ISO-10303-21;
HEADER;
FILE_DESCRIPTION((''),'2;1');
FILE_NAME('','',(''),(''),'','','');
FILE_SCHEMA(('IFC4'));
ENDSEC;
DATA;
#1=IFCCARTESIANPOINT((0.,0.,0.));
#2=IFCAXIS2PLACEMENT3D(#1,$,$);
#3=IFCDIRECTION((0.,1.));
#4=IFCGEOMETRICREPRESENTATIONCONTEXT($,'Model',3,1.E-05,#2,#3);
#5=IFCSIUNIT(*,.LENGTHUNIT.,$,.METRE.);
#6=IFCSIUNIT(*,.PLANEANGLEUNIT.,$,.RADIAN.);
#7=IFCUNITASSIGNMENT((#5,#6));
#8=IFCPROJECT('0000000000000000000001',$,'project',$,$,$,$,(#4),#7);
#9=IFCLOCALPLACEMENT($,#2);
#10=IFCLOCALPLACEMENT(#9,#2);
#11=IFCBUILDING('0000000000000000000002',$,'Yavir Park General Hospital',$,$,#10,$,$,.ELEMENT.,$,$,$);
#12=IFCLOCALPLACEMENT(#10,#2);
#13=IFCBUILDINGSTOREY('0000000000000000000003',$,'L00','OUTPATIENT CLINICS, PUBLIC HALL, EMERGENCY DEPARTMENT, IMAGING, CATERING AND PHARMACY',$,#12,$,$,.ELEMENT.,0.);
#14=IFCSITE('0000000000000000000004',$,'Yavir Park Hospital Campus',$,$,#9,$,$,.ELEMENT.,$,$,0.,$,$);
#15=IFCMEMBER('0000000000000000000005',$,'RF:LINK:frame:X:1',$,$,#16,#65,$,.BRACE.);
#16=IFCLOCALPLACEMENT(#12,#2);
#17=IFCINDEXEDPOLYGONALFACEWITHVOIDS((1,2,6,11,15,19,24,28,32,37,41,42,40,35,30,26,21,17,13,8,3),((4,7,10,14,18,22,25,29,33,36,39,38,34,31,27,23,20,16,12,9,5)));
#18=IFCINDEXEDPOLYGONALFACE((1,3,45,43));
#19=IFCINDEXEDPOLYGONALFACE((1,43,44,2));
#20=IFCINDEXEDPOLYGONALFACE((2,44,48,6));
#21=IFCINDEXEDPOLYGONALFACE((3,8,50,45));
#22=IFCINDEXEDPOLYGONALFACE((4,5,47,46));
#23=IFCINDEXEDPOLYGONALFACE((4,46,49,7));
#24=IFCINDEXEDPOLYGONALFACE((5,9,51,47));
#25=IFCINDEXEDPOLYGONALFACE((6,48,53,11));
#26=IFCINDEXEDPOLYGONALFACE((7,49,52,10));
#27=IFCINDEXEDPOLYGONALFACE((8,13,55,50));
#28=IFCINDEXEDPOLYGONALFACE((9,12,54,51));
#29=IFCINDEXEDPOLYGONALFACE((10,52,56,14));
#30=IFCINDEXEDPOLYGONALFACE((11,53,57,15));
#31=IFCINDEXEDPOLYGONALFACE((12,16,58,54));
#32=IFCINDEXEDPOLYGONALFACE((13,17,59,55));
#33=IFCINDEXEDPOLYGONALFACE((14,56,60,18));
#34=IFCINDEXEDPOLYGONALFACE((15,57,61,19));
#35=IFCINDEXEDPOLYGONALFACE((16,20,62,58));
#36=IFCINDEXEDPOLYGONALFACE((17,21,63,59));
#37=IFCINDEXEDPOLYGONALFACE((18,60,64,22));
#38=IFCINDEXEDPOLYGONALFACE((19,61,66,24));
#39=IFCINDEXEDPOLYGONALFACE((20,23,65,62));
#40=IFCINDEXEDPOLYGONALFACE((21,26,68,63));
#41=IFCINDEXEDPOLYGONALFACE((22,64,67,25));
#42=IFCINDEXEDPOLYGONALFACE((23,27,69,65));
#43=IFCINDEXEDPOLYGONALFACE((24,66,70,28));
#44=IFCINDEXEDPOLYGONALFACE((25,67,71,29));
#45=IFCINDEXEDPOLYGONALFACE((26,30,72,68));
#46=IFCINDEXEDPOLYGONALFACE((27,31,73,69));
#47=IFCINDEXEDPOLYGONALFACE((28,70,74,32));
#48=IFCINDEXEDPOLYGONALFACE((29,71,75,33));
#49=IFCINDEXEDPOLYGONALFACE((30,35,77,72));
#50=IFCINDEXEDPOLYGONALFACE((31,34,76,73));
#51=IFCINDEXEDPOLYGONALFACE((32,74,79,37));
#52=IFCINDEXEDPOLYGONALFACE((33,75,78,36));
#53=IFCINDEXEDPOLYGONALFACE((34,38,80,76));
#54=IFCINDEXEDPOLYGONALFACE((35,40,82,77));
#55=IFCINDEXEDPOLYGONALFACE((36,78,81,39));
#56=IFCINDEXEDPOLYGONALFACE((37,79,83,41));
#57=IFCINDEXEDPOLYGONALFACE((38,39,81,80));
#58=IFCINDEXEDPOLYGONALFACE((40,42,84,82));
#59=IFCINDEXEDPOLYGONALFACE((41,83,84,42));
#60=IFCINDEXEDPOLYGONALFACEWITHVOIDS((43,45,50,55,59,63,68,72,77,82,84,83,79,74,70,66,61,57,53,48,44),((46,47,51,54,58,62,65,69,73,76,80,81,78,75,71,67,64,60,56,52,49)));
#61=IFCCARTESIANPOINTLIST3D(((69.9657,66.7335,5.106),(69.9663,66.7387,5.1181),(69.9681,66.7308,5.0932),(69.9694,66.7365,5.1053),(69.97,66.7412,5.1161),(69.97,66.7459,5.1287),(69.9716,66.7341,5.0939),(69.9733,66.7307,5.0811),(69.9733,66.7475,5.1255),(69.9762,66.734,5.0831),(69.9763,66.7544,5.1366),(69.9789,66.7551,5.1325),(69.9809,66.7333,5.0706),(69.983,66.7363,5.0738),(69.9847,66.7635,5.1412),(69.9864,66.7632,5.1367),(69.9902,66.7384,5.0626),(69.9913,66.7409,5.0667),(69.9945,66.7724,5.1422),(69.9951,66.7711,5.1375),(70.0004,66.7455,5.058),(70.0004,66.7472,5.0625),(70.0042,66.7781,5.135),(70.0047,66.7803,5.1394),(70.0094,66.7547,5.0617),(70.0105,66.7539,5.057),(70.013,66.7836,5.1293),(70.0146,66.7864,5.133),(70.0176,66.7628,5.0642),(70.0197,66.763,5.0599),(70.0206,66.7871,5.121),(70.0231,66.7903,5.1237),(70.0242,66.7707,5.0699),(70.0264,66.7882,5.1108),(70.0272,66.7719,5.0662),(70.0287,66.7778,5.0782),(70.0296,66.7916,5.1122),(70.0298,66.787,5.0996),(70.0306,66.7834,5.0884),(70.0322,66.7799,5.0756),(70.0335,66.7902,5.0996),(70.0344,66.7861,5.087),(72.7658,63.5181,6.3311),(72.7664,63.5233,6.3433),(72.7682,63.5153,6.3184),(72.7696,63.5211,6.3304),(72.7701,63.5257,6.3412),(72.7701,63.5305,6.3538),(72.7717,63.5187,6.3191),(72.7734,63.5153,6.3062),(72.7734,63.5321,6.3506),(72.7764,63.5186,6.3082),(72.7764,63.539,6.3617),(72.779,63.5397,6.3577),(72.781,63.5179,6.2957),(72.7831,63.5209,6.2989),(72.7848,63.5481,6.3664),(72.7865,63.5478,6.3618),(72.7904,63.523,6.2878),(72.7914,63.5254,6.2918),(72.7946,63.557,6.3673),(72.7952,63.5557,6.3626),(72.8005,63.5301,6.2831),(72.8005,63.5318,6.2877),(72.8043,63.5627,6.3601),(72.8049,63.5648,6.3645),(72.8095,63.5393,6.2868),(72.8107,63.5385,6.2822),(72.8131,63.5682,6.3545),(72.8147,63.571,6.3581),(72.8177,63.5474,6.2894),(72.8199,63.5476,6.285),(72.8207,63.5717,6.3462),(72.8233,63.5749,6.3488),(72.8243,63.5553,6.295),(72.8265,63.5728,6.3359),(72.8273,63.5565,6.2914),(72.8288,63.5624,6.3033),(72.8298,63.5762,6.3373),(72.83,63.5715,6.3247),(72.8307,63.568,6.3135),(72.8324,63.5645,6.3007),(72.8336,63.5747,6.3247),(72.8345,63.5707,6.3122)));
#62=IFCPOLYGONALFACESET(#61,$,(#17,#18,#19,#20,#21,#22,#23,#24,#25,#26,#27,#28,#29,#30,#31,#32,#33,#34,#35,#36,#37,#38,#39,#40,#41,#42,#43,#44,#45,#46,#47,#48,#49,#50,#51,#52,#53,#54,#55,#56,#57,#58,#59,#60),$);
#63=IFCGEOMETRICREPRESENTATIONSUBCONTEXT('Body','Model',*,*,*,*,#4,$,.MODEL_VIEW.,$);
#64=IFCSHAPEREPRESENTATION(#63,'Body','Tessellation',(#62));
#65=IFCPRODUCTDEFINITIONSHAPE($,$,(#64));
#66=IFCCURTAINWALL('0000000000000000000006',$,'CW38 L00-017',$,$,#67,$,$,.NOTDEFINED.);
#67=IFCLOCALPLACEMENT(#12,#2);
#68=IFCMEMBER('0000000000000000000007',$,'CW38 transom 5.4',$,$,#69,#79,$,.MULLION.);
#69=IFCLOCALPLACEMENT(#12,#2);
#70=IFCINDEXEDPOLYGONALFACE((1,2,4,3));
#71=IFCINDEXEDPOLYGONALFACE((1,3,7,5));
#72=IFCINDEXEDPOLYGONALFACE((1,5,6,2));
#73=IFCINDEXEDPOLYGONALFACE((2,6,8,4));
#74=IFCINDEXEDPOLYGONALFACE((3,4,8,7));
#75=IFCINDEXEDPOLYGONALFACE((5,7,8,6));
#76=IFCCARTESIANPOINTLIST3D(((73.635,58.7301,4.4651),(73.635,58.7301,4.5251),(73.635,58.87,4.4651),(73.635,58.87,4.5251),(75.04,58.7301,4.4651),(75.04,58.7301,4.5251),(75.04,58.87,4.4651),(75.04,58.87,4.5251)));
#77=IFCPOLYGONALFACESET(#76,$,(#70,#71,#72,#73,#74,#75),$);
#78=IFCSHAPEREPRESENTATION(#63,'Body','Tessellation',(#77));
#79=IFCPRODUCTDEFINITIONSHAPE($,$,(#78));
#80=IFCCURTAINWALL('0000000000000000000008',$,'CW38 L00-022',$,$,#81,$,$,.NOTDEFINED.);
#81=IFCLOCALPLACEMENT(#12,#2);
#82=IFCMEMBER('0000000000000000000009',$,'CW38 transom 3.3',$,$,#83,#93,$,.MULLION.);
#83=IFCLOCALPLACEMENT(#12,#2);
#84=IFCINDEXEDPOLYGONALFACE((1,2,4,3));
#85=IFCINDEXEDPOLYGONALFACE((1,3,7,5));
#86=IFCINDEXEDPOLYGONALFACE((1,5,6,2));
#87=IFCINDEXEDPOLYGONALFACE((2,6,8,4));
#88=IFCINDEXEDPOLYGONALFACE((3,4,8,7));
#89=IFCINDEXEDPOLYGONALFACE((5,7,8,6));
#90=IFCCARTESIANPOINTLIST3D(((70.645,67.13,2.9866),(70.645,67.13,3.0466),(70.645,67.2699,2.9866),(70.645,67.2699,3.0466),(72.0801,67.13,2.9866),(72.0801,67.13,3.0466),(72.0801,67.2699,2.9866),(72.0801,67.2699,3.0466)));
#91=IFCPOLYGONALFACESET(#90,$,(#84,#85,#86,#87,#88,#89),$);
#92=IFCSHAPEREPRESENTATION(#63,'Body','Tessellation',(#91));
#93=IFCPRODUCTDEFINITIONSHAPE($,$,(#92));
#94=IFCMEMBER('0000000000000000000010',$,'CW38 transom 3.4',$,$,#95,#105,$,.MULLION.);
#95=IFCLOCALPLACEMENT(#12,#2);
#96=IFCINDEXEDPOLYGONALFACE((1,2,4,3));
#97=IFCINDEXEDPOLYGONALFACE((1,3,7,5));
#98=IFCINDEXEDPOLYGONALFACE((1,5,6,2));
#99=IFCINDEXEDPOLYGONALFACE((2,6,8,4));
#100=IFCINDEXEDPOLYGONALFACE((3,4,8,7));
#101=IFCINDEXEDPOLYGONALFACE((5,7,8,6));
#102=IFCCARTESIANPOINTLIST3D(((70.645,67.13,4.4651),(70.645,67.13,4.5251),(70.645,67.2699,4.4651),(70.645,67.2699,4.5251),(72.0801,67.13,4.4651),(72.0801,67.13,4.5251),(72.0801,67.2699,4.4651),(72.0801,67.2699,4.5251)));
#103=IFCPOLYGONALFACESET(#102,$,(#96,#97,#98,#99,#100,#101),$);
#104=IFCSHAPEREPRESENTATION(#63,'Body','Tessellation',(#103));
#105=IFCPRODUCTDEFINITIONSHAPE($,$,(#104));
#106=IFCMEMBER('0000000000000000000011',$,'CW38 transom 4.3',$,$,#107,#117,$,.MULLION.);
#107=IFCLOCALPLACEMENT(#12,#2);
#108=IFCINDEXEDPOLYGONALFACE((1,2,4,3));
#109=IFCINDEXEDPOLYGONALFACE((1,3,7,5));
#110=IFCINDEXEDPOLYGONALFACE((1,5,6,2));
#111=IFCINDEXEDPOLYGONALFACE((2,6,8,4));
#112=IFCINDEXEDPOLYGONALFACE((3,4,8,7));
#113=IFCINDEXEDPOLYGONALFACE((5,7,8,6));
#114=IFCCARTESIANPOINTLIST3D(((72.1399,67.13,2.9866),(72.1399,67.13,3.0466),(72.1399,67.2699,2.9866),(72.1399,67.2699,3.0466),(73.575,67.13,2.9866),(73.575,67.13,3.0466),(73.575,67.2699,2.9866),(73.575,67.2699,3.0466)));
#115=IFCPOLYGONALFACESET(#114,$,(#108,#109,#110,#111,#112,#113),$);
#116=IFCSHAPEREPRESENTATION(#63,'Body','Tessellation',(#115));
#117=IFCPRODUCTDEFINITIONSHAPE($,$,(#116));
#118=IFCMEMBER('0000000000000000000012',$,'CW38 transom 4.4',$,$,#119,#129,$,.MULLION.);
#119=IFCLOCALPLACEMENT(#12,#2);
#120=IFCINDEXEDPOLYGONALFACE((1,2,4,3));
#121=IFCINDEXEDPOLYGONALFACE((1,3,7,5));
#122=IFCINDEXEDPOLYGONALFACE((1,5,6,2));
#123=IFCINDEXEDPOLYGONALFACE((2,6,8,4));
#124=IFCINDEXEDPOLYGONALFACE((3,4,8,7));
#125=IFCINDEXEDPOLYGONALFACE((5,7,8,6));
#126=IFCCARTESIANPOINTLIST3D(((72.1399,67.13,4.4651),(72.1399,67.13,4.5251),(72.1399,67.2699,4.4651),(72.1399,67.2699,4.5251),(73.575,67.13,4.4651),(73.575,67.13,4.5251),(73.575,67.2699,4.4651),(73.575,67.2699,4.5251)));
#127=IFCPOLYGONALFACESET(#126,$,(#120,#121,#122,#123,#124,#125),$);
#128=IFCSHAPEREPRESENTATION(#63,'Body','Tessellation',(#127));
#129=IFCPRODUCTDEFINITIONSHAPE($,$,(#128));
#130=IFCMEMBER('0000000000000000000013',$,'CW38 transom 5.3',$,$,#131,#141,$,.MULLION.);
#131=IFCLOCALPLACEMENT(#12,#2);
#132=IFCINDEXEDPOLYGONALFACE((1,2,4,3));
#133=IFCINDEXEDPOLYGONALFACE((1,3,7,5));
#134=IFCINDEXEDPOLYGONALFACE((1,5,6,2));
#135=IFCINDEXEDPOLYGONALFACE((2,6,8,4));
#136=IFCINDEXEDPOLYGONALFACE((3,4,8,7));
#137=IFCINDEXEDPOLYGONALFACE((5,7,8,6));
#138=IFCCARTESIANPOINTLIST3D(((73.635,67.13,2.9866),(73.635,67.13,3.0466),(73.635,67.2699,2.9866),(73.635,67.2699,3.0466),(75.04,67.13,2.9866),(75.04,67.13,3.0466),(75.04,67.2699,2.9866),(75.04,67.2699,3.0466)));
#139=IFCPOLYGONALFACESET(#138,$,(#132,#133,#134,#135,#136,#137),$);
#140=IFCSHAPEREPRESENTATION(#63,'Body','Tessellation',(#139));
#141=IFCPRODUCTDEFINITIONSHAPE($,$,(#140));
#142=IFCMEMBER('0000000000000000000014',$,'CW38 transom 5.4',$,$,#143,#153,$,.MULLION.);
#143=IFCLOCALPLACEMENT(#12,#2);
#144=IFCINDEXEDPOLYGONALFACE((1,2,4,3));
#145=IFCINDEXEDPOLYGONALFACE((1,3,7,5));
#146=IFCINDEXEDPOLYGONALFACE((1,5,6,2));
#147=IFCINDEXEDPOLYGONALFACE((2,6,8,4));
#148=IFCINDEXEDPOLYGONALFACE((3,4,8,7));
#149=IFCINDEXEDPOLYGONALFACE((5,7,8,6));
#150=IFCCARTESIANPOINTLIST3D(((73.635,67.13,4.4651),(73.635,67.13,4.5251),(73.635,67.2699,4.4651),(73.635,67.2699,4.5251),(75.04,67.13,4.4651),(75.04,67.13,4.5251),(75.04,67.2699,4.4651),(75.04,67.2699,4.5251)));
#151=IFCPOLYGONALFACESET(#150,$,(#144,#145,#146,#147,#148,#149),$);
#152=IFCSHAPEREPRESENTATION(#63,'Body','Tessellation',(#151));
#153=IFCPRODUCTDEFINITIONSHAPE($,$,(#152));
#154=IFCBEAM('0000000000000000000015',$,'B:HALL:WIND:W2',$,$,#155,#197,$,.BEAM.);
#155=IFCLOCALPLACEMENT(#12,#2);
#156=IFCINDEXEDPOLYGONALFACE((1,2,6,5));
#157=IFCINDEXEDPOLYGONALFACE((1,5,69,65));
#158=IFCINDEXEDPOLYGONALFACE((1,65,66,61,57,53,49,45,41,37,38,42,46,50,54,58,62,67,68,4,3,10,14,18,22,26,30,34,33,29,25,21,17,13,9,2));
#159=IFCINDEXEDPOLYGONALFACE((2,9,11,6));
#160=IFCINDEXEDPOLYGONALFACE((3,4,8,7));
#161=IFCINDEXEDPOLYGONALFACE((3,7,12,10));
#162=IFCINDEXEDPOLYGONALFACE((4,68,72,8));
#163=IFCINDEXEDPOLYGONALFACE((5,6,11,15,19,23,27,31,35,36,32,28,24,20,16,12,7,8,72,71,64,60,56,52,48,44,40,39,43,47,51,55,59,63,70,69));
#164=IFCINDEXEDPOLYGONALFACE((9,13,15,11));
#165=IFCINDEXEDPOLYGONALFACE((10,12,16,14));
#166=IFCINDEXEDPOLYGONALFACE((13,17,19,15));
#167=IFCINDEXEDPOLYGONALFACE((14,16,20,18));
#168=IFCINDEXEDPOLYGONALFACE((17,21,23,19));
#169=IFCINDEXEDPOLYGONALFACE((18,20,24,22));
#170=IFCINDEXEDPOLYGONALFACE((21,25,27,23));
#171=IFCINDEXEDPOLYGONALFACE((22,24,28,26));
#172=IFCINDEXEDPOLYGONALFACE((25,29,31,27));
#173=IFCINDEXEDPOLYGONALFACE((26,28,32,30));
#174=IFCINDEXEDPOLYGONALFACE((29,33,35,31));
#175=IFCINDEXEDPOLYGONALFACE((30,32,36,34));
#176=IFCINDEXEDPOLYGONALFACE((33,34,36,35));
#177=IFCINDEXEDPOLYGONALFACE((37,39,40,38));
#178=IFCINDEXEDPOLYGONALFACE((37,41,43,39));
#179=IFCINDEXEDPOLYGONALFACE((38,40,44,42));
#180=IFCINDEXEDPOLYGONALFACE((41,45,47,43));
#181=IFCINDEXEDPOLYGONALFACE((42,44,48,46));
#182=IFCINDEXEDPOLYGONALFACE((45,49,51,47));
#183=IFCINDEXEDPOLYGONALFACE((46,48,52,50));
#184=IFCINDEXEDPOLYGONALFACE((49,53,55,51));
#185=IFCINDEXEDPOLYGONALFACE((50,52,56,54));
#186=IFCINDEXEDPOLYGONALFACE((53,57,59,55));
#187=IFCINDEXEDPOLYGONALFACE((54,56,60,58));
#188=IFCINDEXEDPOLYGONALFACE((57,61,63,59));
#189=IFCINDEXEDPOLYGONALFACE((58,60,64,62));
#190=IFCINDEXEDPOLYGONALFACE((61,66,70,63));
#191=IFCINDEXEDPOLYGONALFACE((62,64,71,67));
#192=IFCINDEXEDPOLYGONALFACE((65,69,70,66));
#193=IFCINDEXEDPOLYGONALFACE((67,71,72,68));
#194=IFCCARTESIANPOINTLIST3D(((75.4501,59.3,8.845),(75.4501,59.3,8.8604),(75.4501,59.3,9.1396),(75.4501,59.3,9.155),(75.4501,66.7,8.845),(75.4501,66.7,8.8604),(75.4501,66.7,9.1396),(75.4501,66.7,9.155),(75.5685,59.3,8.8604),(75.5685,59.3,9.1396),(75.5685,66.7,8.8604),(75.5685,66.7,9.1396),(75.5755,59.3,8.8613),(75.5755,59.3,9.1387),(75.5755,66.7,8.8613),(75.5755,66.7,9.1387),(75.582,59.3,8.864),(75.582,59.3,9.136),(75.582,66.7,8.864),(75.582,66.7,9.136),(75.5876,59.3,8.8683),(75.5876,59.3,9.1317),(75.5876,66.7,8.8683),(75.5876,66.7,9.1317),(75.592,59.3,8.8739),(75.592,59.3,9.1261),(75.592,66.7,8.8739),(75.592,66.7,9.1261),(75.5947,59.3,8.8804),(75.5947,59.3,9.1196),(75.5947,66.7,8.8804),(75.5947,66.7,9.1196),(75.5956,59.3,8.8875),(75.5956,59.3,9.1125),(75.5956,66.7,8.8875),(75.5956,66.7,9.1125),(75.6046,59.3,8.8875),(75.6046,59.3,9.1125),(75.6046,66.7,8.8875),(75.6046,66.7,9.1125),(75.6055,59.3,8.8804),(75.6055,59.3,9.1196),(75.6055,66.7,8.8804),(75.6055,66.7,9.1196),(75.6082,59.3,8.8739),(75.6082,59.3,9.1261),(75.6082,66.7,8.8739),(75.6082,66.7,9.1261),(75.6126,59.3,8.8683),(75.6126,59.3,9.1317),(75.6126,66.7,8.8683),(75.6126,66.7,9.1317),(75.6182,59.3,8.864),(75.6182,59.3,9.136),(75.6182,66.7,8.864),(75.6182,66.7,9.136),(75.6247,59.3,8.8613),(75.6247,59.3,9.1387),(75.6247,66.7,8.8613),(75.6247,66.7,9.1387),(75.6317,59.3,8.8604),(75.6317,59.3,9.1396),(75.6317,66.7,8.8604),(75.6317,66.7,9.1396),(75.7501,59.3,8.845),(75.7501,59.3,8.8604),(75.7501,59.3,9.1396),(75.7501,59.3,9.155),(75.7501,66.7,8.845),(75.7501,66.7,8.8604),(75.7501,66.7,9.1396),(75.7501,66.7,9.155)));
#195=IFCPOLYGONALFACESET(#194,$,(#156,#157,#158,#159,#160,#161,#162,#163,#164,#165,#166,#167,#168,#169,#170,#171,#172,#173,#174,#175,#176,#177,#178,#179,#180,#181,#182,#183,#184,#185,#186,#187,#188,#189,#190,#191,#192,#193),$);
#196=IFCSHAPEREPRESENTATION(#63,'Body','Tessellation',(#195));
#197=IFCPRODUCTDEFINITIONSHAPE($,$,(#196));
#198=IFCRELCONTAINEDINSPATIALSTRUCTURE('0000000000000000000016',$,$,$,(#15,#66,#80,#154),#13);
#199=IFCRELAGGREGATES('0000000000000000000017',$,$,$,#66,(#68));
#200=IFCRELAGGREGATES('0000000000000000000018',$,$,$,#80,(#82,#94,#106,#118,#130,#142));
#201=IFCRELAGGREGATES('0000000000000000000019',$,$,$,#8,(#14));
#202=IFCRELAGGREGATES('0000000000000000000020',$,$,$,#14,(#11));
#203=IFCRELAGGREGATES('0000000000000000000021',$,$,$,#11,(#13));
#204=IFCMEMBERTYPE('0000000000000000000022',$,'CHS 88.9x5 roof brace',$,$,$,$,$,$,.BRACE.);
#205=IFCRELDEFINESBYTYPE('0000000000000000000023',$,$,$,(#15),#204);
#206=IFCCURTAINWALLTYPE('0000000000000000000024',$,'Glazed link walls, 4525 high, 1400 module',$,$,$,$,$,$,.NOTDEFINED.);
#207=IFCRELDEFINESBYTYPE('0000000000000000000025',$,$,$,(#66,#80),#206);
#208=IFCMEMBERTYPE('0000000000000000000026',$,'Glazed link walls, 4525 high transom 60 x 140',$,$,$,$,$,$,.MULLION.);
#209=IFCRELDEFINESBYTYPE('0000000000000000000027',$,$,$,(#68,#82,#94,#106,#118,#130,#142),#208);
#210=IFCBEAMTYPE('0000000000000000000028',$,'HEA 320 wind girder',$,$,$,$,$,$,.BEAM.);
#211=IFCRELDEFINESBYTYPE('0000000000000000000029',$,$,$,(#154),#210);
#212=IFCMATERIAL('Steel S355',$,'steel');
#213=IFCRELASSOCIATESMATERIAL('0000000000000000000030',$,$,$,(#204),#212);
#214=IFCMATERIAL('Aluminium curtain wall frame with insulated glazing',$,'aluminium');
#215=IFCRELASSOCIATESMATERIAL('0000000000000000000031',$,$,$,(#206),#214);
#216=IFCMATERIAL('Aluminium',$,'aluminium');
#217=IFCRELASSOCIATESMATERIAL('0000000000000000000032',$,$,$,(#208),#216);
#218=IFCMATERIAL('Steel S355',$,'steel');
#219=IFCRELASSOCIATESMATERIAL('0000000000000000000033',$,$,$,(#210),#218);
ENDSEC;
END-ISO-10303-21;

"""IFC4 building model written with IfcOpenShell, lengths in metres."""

from ifc_helpers import new_model, si_unit, direction, frame, origin, origin_2d, place, context, subcontext, project, spatial, rectangle, hollow_circle, i_section, extrude, material, material_profile, profile_set, type_object, element, aggregate, save


model = new_model("IFC4")

# Units and contexts
model_context = context("Model", 3, precision=1e-05, world=origin(), true_north=direction((0.0, 1.0)))
body_context = subcontext(model_context, "Body", "Model", "MODEL_VIEW")
ifc_project = project(units=[si_unit("LENGTHUNIT", "METRE"), si_unit("PLANEANGLEUNIT", "RADIAN")], contexts=[model_context])

# Site, building, storey
site_placement = place(None, origin())
site = spatial("IfcSite", under=ifc_project, at=site_placement, Name="Yavir Park Hospital Campus", CompositionType="ELEMENT", RefElevation=0.0)
building_placement = place(site_placement, origin())
building = spatial("IfcBuilding", under=site, at=building_placement, Name="Yavir Park General Hospital", CompositionType="ELEMENT")
storey_placement = place(building_placement, origin())
storey = spatial("IfcBuildingStorey", under=building, at=storey_placement, Name="L00", Description="OUTPATIENT CLINICS, PUBLIC HALL, EMERGENCY DEPARTMENT, IMAGING, CATERING AND PHARMACY", CompositionType="ELEMENT", Elevation=0.0)

# Member
ifc_material_1 = material(Name="Steel S355", Category="steel")
ifc_material_profile_1 = material_profile(ifc_material_1, hollow_circle(Radius=0.0444, WallThickness=0.0049, at=origin_2d()), Name="CHS88.9x5")
ifc_profile_set_1 = profile_set([ifc_material_profile_1], Name="Steel S355")
member_type_1 = type_object("IfcMemberType", Name="CHS 88.9x5 roof brace", PredefinedType="BRACE", material=ifc_profile_set_1)
member_1_placement = place(storey_placement, frame((70.0, 66.761, 5.0996), z_axis=(0.631188, -0.724801, 0.276162), x_axis=(0.754128, 0.656727, 0.0)))
element("IfcMember", 1, at=member_1_placement, inside=storey, type_object=member_type_1, Name="RF:LINK:frame:X:1", PredefinedType="BRACE", context=body_context, shape_type="SweptSolid", body=[
    extrude(hollow_circle(Radius=0.0444, WallThickness=0.0049, at=origin_2d()), origin(), (0.0, 0.0, 1.0), 4.4363),
])

# Curtain wall, member
ifc_material_2 = material(Name="Aluminium curtain wall frame with insulated glazing", Category="aluminium")
curtain_wall_type_1 = type_object("IfcCurtainWallType", Name="Glazed link walls, 4525 high, 1400 module", PredefinedType="NOTDEFINED", material=ifc_material_2)
curtain_wall_1_placement = place(storey_placement, origin())
curtain_wall_1 = element("IfcCurtainWall", 2, at=curtain_wall_1_placement, inside=storey, type_object=curtain_wall_type_1, Name="CW38 L00-017", PredefinedType="NOTDEFINED")
ifc_material_3 = material(Name="Aluminium", Category="aluminium")
ifc_material_profile_2 = material_profile(ifc_material_3, rectangle(XDim=0.1399, YDim=0.0601, at=origin_2d()), Name="AL 140x60")
ifc_profile_set_2 = profile_set([ifc_material_profile_2], Name="Aluminium")
member_type_2 = type_object("IfcMemberType", Name="Glazed link walls, 4525 high transom 60 x 140", PredefinedType="MULLION", material=ifc_profile_set_2)
member_2_placement = place(storey_placement, frame((73.635, 58.8, 4.4951), z_axis=(1.0, 0.0, 0.0), x_axis=(0.0, 1.0, 0.0)))
member_2 = element("IfcMember", 3, at=member_2_placement, type_object=member_type_2, Name="CW38 transom 5.4", PredefinedType="MULLION", context=body_context, shape_type="SweptSolid", body=[
    extrude(rectangle(XDim=0.1399, YDim=0.0601, at=origin_2d()), origin(), (0.0, 0.0, 1.0), 1.405),
])
aggregate(curtain_wall_1, [member_2])

# Curtain wall, members
curtain_wall_2_placement = place(storey_placement, origin())
curtain_wall_2 = element("IfcCurtainWall", 4, at=curtain_wall_2_placement, inside=storey, type_object=curtain_wall_type_1, Name="CW38 L00-022", PredefinedType="NOTDEFINED")
member_3_placement = place(storey_placement, frame((70.645, 67.2, 3.0166), z_axis=(1.0, 0.0, 0.0), x_axis=(0.0, 1.0, 0.0)))
member_3 = element("IfcMember", 5, at=member_3_placement, type_object=member_type_2, Name="CW38 transom 3.3", PredefinedType="MULLION", context=body_context, shape_type="SweptSolid", body=[
    extrude(rectangle(XDim=0.1399, YDim=0.0601, at=origin_2d()), origin(), (0.0, 0.0, 1.0), 1.4351),
])
member_4_placement = place(storey_placement, frame((70.645, 67.2, 4.4951), z_axis=(1.0, 0.0, 0.0), x_axis=(0.0, 1.0, 0.0)))
member_4 = element("IfcMember", 6, at=member_4_placement, type_object=member_type_2, Name="CW38 transom 3.4", PredefinedType="MULLION", context=body_context, shape_type="SweptSolid", body=[
    extrude(rectangle(XDim=0.1399, YDim=0.0601, at=origin_2d()), origin(), (0.0, 0.0, 1.0), 1.4351),
])
member_5_placement = place(storey_placement, frame((72.1399, 67.2, 3.0166), z_axis=(1.0, 0.0, 0.0), x_axis=(0.0, 1.0, 0.0)))
member_5 = element("IfcMember", 7, at=member_5_placement, type_object=member_type_2, Name="CW38 transom 4.3", PredefinedType="MULLION", context=body_context, shape_type="SweptSolid", body=[
    extrude(rectangle(XDim=0.1399, YDim=0.0601, at=origin_2d()), origin(), (0.0, 0.0, 1.0), 1.4351),
])
member_6_placement = place(storey_placement, frame((72.1399, 67.2, 4.4951), z_axis=(1.0, 0.0, 0.0), x_axis=(0.0, 1.0, 0.0)))
member_6 = element("IfcMember", 8, at=member_6_placement, type_object=member_type_2, Name="CW38 transom 4.4", PredefinedType="MULLION", context=body_context, shape_type="SweptSolid", body=[
    extrude(rectangle(XDim=0.1399, YDim=0.0601, at=origin_2d()), origin(), (0.0, 0.0, 1.0), 1.4351),
])
member_7_placement = place(storey_placement, frame((73.635, 67.2, 3.0166), z_axis=(1.0, 0.0, 0.0), x_axis=(0.0, 1.0, 0.0)))
member_7 = element("IfcMember", 9, at=member_7_placement, type_object=member_type_2, Name="CW38 transom 5.3", PredefinedType="MULLION", context=body_context, shape_type="SweptSolid", body=[
    extrude(rectangle(XDim=0.1399, YDim=0.0601, at=origin_2d()), origin(), (0.0, 0.0, 1.0), 1.405),
])
member_8_placement = place(storey_placement, frame((73.635, 67.2, 4.4951), z_axis=(1.0, 0.0, 0.0), x_axis=(0.0, 1.0, 0.0)))
member_8 = element("IfcMember", 10, at=member_8_placement, type_object=member_type_2, Name="CW38 transom 5.4", PredefinedType="MULLION", context=body_context, shape_type="SweptSolid", body=[
    extrude(rectangle(XDim=0.1399, YDim=0.0601, at=origin_2d()), origin(), (0.0, 0.0, 1.0), 1.405),
])

# Beam
ifc_material_4 = material(Name="Steel S355", Category="steel")
ifc_material_profile_3 = material_profile(ifc_material_4, i_section(OverallWidth=0.3, OverallDepth=0.3101, WebThickness=0.009, FlangeThickness=0.0154, FilletRadius=0.0271, at=origin_2d()), Name="HEA320")
ifc_profile_set_3 = profile_set([ifc_material_profile_3], Name="Steel S355")
beam_type_1 = type_object("IfcBeamType", Name="HEA 320 wind girder", PredefinedType="BEAM", material=ifc_profile_set_3)
beam_1_placement = place(storey_placement, frame((75.6001, 59.3, 9.0), z_axis=(0.0, 1.0, 0.0), x_axis=(-1.0, 0.0, 0.0)))
element("IfcBeam", 11, at=beam_1_placement, inside=storey, type_object=beam_type_1, Name="B:HALL:WIND:W2", PredefinedType="BEAM", context=body_context, shape_type="SweptSolid", body=[
    extrude(i_section(OverallWidth=0.3, OverallDepth=0.3101, WebThickness=0.009, FlangeThickness=0.0154, FilletRadius=0.0271, at=origin_2d()), origin(), (0.0, 0.0, 1.0), 7.3999),
])

aggregate(curtain_wall_2, [member_3, member_4, member_5, member_6, member_7, member_8])

save(model, "model.ifc")
